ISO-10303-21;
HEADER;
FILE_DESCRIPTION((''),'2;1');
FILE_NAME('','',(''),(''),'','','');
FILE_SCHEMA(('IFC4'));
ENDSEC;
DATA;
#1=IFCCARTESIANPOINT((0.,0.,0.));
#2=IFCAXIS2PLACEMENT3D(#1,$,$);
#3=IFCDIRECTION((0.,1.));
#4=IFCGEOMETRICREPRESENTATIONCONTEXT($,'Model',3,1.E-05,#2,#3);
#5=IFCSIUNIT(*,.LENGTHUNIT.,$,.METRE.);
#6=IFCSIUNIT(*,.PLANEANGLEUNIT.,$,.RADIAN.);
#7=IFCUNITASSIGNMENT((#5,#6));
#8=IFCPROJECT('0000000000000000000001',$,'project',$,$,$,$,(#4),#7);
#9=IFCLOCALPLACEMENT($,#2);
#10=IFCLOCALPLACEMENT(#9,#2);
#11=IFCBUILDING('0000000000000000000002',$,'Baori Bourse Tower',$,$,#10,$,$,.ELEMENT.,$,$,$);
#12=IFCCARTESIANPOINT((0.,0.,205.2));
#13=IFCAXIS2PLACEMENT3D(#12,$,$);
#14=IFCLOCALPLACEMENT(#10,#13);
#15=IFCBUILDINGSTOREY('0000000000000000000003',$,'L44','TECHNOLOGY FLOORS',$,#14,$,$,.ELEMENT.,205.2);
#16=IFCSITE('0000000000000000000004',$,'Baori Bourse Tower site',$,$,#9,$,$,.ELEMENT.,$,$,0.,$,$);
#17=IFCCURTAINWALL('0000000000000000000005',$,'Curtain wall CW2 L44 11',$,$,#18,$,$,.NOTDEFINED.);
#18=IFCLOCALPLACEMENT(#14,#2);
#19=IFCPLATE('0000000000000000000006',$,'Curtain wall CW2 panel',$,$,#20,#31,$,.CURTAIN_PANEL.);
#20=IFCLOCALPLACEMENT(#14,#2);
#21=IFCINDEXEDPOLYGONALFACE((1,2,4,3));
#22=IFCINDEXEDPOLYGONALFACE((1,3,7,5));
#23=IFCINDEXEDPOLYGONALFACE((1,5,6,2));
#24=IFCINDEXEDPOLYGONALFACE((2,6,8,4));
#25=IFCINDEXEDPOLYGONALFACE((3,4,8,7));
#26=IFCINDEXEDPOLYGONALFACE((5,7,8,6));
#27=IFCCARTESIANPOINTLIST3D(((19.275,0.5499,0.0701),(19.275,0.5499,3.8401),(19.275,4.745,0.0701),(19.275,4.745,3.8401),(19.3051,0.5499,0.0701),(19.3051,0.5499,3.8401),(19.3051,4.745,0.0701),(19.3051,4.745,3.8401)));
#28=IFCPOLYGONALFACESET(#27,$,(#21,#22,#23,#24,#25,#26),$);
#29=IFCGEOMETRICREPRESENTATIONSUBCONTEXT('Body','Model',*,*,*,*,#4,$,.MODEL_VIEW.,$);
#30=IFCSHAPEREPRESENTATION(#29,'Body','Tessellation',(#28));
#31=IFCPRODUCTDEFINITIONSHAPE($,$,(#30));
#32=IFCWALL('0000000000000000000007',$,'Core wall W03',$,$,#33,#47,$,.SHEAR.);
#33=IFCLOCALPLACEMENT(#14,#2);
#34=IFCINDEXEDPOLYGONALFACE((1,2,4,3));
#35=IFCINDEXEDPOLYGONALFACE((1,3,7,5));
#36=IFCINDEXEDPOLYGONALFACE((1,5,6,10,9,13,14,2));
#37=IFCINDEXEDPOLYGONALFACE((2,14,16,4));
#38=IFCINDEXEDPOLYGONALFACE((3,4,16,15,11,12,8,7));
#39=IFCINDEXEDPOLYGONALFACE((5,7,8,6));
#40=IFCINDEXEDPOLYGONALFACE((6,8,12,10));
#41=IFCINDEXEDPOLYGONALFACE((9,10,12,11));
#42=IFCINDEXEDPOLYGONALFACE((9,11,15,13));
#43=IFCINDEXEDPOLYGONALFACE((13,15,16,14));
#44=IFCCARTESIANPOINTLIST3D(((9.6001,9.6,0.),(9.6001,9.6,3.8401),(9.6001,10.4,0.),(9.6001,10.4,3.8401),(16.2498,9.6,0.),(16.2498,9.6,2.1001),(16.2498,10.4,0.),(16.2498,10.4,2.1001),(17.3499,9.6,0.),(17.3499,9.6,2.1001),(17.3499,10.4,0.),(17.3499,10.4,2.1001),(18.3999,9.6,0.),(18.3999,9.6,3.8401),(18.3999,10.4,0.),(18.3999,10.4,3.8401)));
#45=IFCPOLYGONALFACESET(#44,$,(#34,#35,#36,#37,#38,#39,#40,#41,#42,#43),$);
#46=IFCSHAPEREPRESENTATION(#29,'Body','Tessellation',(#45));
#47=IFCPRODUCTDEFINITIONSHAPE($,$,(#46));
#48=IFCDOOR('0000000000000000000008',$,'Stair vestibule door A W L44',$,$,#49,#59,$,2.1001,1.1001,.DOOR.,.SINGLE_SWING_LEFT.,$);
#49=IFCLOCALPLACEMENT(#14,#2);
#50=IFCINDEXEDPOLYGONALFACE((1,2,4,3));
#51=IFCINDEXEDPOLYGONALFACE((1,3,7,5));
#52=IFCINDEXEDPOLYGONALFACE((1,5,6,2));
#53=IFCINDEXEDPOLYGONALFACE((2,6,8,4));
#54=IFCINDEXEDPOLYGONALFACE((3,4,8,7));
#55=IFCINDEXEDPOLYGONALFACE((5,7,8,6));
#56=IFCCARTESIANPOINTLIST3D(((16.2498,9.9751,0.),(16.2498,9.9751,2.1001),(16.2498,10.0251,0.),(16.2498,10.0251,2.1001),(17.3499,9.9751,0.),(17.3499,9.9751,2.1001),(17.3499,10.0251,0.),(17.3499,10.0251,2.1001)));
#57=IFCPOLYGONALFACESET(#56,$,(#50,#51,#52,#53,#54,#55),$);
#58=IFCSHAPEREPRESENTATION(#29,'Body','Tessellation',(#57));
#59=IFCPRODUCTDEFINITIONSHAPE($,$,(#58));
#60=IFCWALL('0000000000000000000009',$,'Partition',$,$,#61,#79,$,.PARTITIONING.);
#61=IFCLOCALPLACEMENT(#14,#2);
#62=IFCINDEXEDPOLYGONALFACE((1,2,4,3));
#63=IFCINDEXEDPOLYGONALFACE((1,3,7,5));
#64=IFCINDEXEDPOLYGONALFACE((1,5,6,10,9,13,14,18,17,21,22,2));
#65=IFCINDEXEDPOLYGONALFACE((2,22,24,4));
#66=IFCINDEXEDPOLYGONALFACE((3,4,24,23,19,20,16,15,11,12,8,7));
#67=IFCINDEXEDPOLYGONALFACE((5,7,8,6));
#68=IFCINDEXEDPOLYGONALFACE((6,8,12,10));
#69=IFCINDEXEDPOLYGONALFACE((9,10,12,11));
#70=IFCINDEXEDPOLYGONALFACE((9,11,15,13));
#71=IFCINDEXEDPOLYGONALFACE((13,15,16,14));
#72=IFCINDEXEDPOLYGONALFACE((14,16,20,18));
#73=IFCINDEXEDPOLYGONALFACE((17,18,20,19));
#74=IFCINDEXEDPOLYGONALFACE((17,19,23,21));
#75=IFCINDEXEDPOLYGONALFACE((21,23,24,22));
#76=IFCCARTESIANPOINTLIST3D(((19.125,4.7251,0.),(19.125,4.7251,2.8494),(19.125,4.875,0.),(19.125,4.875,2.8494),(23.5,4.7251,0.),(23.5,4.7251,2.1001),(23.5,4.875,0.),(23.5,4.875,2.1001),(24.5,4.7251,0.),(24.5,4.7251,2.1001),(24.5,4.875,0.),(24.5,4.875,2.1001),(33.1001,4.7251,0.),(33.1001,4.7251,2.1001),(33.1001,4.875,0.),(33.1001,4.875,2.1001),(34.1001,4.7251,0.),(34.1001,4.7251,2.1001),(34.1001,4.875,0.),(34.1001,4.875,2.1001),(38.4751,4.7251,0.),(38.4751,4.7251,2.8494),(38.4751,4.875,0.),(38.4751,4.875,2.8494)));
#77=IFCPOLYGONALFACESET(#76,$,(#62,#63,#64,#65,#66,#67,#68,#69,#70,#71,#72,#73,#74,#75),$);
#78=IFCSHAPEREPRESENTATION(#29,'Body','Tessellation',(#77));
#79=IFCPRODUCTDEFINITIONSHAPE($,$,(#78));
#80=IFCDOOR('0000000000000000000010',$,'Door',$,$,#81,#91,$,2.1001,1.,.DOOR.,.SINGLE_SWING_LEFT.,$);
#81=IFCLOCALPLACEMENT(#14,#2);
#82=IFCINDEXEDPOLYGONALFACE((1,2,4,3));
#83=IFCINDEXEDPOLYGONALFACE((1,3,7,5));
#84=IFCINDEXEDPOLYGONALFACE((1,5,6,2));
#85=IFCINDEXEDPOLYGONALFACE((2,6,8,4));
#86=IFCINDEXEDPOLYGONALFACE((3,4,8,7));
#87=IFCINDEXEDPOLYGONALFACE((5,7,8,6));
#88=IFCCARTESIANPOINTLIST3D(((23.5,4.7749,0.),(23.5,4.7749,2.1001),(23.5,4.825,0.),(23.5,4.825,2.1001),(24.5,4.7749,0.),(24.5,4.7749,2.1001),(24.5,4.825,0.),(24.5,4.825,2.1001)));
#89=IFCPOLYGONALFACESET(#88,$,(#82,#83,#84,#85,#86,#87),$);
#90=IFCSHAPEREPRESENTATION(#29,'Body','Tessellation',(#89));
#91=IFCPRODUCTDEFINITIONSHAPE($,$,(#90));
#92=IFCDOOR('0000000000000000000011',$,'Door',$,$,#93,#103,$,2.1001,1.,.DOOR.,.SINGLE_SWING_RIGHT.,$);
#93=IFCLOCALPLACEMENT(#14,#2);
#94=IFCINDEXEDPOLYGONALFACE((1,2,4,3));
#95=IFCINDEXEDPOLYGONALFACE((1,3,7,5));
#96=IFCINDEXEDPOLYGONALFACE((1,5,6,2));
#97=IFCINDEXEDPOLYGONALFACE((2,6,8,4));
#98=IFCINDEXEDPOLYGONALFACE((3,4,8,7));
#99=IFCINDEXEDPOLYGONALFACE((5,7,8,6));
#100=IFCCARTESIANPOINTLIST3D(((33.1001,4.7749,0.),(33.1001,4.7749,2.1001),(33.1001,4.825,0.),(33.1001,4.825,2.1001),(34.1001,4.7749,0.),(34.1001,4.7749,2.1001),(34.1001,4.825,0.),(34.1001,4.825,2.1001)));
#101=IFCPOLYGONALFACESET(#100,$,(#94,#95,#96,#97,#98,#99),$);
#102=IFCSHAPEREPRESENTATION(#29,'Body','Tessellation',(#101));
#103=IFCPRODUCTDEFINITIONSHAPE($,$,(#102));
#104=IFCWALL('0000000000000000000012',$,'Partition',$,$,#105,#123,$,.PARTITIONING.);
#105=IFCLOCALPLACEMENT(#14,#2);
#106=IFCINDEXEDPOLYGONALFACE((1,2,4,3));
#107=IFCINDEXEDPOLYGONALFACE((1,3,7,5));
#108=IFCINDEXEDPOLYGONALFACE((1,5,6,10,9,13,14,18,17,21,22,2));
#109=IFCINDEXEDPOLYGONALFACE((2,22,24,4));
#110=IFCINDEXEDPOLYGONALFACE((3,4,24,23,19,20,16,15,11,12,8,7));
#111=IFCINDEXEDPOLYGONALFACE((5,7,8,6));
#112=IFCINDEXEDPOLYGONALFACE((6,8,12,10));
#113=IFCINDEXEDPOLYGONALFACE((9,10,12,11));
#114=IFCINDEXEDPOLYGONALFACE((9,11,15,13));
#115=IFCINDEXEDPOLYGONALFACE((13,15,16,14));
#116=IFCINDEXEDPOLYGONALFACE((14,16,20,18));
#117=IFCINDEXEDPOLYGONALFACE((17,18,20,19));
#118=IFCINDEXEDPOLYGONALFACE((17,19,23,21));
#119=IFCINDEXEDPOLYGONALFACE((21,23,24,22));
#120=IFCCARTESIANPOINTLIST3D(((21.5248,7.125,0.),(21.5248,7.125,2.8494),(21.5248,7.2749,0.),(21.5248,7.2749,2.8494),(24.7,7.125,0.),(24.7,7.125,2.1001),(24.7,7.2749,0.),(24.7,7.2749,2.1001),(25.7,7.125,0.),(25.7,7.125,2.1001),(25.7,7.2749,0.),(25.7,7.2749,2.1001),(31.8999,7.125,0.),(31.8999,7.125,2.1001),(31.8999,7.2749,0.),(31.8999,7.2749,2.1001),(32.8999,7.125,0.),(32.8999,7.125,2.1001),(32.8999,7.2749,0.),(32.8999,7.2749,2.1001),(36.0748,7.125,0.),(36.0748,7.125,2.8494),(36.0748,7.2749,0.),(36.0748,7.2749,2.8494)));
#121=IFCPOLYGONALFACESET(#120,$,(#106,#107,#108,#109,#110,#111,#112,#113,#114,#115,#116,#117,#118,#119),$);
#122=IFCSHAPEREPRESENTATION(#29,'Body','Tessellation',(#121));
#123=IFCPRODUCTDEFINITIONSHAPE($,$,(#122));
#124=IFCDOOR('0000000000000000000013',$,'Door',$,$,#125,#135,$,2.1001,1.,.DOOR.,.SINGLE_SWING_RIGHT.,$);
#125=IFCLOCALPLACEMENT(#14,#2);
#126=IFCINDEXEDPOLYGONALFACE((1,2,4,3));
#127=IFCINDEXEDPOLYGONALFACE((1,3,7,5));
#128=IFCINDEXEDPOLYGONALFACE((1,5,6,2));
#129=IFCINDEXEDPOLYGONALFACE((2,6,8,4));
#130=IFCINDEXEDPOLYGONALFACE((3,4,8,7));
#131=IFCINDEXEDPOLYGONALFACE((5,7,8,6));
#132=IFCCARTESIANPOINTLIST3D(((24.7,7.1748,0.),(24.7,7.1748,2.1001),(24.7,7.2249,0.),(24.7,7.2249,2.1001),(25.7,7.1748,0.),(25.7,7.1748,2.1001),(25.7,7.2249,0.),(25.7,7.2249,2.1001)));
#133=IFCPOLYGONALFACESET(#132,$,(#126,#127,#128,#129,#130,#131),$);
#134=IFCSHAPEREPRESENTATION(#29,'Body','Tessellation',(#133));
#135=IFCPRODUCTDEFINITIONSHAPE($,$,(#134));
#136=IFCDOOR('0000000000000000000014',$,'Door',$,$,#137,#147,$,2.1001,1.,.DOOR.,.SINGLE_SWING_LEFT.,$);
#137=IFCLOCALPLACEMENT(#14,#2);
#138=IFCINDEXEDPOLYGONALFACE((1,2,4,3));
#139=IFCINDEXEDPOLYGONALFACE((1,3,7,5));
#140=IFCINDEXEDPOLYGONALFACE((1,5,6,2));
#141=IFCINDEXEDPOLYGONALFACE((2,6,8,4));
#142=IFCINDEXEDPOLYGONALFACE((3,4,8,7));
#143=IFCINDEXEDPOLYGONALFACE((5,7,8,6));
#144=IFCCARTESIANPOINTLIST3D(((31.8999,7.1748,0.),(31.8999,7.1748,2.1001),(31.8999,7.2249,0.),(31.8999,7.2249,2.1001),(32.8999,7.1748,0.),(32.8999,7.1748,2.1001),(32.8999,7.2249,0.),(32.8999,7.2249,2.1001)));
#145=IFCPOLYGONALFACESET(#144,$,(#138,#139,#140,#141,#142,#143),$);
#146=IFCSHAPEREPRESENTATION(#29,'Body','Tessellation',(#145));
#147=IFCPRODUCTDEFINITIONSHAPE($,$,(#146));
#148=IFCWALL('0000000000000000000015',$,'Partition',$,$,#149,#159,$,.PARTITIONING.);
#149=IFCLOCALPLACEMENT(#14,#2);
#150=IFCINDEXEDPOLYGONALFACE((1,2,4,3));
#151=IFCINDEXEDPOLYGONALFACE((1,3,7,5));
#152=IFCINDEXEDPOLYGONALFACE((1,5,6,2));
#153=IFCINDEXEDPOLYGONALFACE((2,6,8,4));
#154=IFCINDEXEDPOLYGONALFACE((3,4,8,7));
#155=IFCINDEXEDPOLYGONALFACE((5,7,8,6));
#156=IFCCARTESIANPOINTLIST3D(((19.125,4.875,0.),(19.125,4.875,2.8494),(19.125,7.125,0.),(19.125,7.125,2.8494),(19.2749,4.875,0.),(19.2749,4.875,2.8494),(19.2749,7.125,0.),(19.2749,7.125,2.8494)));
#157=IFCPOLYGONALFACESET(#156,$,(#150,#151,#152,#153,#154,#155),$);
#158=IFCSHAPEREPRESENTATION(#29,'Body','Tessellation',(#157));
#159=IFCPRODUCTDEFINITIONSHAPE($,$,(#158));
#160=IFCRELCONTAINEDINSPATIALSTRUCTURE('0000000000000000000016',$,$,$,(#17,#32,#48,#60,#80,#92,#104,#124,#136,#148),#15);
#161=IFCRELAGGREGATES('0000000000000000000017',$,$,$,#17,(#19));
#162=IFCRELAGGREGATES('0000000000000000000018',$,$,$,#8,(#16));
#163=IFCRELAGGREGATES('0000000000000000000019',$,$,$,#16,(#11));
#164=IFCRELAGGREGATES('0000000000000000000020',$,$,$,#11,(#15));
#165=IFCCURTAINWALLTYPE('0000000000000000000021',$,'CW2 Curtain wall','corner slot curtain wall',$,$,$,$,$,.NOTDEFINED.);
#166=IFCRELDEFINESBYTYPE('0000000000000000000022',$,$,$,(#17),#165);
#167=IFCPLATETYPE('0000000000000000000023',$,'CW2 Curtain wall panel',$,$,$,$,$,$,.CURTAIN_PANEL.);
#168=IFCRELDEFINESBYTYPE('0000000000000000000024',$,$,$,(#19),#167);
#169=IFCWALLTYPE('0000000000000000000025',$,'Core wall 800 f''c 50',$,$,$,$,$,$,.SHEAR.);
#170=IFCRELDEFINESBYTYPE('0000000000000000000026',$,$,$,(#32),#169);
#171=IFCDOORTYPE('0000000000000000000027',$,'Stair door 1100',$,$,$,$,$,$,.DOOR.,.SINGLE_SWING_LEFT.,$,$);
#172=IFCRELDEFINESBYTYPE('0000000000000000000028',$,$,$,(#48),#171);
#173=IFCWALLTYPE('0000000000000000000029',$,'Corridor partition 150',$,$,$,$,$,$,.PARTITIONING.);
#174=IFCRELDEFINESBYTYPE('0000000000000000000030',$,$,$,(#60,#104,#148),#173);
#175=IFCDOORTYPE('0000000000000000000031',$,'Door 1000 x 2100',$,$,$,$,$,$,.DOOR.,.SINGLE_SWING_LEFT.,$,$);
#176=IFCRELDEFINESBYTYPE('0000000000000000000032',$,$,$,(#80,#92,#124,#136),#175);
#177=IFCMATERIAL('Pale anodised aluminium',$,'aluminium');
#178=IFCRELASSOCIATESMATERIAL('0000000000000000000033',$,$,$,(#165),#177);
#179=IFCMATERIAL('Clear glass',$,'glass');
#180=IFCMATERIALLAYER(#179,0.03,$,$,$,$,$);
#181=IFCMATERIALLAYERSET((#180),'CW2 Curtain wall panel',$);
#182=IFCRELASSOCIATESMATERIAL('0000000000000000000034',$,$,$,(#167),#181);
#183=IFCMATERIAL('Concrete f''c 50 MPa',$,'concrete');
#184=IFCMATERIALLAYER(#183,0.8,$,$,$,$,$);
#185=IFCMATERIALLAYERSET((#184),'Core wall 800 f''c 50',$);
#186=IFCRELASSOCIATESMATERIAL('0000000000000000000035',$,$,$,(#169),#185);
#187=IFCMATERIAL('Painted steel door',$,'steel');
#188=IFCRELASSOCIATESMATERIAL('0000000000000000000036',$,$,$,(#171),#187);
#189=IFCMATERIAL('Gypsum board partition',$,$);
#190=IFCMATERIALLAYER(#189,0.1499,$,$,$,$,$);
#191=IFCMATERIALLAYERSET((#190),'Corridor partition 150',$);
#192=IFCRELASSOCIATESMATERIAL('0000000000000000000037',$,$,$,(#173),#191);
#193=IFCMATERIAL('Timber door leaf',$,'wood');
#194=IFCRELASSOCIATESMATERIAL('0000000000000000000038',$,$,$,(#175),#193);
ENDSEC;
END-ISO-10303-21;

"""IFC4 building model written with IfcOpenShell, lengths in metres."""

from ifc_helpers import new_model, si_unit, direction, frame, frame_2d, origin, origin_2d, place, context, subcontext, project, spatial, rectangle, extrude, material, layer, layer_set, type_object, element, fill, aggregate, save


model = new_model("IFC4")

# Units and contexts
model_context = context("Model", 3, precision=1e-05, world=origin(), true_north=direction((0.0, 1.0)))
body_context = subcontext(model_context, "Body", "Model", "MODEL_VIEW")
ifc_project = project(units=[si_unit("LENGTHUNIT", "METRE"), si_unit("PLANEANGLEUNIT", "RADIAN")], contexts=[model_context])

# Site, building, storey
site_placement = place(None, origin())
site = spatial("IfcSite", under=ifc_project, at=site_placement, Name="Baori Bourse Tower site", CompositionType="ELEMENT", RefElevation=0.0)
building_placement = place(site_placement, origin())
building = spatial("IfcBuilding", under=site, at=building_placement, Name="Baori Bourse Tower", CompositionType="ELEMENT")
storey_placement = place(building_placement, frame((0.0, 0.0, 205.2)))
storey = spatial("IfcBuildingStorey", under=building, at=storey_placement, Name="L44", Description="TECHNOLOGY FLOORS", CompositionType="ELEMENT", Elevation=205.2)

# Curtain wall
ifc_material_1 = material(Name="Pale anodised aluminium", Category="aluminium")
curtain_wall_type_1 = type_object("IfcCurtainWallType", Name="CW2 Curtain wall", Description="corner slot curtain wall", PredefinedType="NOTDEFINED", material=ifc_material_1)
curtain_wall_1_placement = place(storey_placement, origin())
curtain_wall_1 = element("IfcCurtainWall", 1, at=curtain_wall_1_placement, inside=storey, type_object=curtain_wall_type_1, Name="Curtain wall CW2 L44 11", PredefinedType="NOTDEFINED")

# Plate
ifc_material_2 = material(Name="Clear glass", Category="glass")
ifc_layer_1 = layer(ifc_material_2, 0.03)
ifc_layer_set_1 = layer_set([ifc_layer_1], Name="CW2 Curtain wall panel")
plate_type = type_object("IfcPlateType", Name="CW2 Curtain wall panel", PredefinedType="CURTAIN_PANEL", material=ifc_layer_set_1)
plate_placement = place(storey_placement, frame((19.29, 2.6475, 0.0701), z_axis=(0.0, 0.0, 1.0), x_axis=(0.0, -1.0, 0.0)))
plate = element("IfcPlate", 2, at=plate_placement, type_object=plate_type, Name="Curtain wall CW2 panel", PredefinedType="CURTAIN_PANEL", context=body_context, shape_type="SweptSolid", body=[
    extrude(rectangle(XDim=4.1951, YDim=0.03, at=origin_2d()), origin(), (0.0, 0.0, 1.0), 3.77),
])
aggregate(curtain_wall_1, [plate])

# Wall, opening, door
ifc_material_3 = material(Name="Concrete f'c 50 MPa", Category="concrete")
ifc_layer_2 = layer(ifc_material_3, 0.8)
ifc_layer_set_2 = layer_set([ifc_layer_2], Name="Core wall 800 f'c 50")
wall_type_1 = type_object("IfcWallType", Name="Core wall 800 f'c 50", PredefinedType="SHEAR", material=ifc_layer_set_2)
wall_1_placement = place(storey_placement, frame((18.3999, 10.0, 0.0), z_axis=(0.0, 0.0, 1.0), x_axis=(-1.0, 0.0, 0.0)))
wall_1 = element("IfcWall", 3, at=wall_1_placement, inside=storey, type_object=wall_type_1, Name="Core wall W03", PredefinedType="SHEAR", context=body_context, shape_type="SweptSolid", body=[
    extrude(rectangle(XDim=8.7998, YDim=0.8, at=frame_2d((4.3999, 0.0))), origin(), (0.0, 0.0, 1.0), 3.8401),
])
opening_1_placement = place(wall_1_placement, frame((1.05, 0.0, 0.0)))
opening_1 = element("IfcOpeningElement", 4, at=opening_1_placement, cuts=wall_1, PredefinedType="OPENING", context=body_context, shape_type="SweptSolid", body=[
    extrude(rectangle(XDim=1.1001, YDim=2.1001, at=frame_2d((0.55, 1.05))), frame((0.0, 0.4099, 0.0), z_axis=(0.0, -1.0, 0.0), x_axis=(1.0, 0.0, 0.0)), (0.0, 0.0, 1.0), 0.8201),
])
ifc_material_4 = material(Name="Painted steel door", Category="steel")
door_type_1 = type_object("IfcDoorType", Name="Stair door 1100", OperationType="SINGLE_SWING_LEFT", PredefinedType="DOOR", material=ifc_material_4)
door_1_placement = place(opening_1_placement, origin())
door_1 = element("IfcDoor", 5, at=door_1_placement, inside=storey, type_object=door_type_1, Name="Stair vestibule door A W L44", OperationType="SINGLE_SWING_LEFT", OverallHeight=2.1001, OverallWidth=1.1001, PredefinedType="DOOR", context=body_context, shape_type="SweptSolid", body=[
    extrude(rectangle(XDim=1.1001, YDim=2.1001, at=frame_2d((0.55, 1.05))), frame((0.0, 0.0249, 0.0), z_axis=(0.0, -1.0, 0.0), x_axis=(1.0, 0.0, 0.0)), (0.0, 0.0, 1.0), 0.05),
])
fill(opening_1, door_1)

# Walls, openings, doors
ifc_material_5 = material(Name="Gypsum board partition")
ifc_layer_3 = layer(ifc_material_5, 0.1499)
ifc_layer_set_3 = layer_set([ifc_layer_3], Name="Corridor partition 150")
wall_type_2 = type_object("IfcWallType", Name="Corridor partition 150", PredefinedType="PARTITIONING", material=ifc_layer_set_3)
wall_2_placement = place(storey_placement, frame((19.125, 4.8, 0.0), z_axis=(0.0, 0.0, 1.0), x_axis=(1.0, 0.0, 0.0)))
wall_2 = element("IfcWall", 6, at=wall_2_placement, inside=storey, type_object=wall_type_2, Name="Partition", PredefinedType="PARTITIONING", context=body_context, shape_type="SweptSolid", body=[
    extrude(rectangle(XDim=19.3501, YDim=0.1499, at=frame_2d((9.675, 0.0))), origin(), (0.0, 0.0, 1.0), 2.8494),
])
opening_2_placement = place(wall_2_placement, frame((4.375, 0.0, 0.0)))
opening_2 = element("IfcOpeningElement", 7, at=opening_2_placement, cuts=wall_2, PredefinedType="OPENING", context=body_context, shape_type="SweptSolid", body=[
    extrude(rectangle(XDim=1.0, YDim=2.1001, at=frame_2d((0.5, 1.05))), frame((0.0, 0.085, 0.0), z_axis=(0.0, -1.0, 0.0), x_axis=(1.0, 0.0, 0.0)), (0.0, 0.0, 1.0), 0.1699),
])
opening_3_placement = place(wall_2_placement, frame((13.9751, 0.0, 0.0)))
opening_3 = element("IfcOpeningElement", 8, at=opening_3_placement, cuts=wall_2, PredefinedType="OPENING", context=body_context, shape_type="SweptSolid", body=[
    extrude(rectangle(XDim=1.0, YDim=2.1001, at=frame_2d((0.5, 1.05))), frame((0.0, 0.085, 0.0), z_axis=(0.0, -1.0, 0.0), x_axis=(1.0, 0.0, 0.0)), (0.0, 0.0, 1.0), 0.1699),
])
ifc_material_6 = material(Name="Timber door leaf", Category="wood")
door_type_2 = type_object("IfcDoorType", Name="Door 1000 x 2100", OperationType="SINGLE_SWING_LEFT", PredefinedType="DOOR", material=ifc_material_6)
door_2_placement = place(opening_2_placement, origin())
door_2 = element("IfcDoor", 9, at=door_2_placement, inside=storey, type_object=door_type_2, Name="Door", OperationType="SINGLE_SWING_LEFT", OverallHeight=2.1001, OverallWidth=1.0, PredefinedType="DOOR", context=body_context, shape_type="SweptSolid", body=[
    extrude(rectangle(XDim=1.0, YDim=2.1001, at=frame_2d((0.5, 1.05))), frame((0.0, 0.0249, 0.0), z_axis=(0.0, -1.0, 0.0), x_axis=(1.0, 0.0, 0.0)), (0.0, 0.0, 1.0), 0.05),
])
fill(opening_2, door_2)
door_3_placement = place(opening_3_placement, origin())
door_3 = element("IfcDoor", 10, at=door_3_placement, inside=storey, type_object=door_type_2, Name="Door", OperationType="SINGLE_SWING_RIGHT", OverallHeight=2.1001, OverallWidth=1.0, PredefinedType="DOOR", context=body_context, shape_type="SweptSolid", body=[
    extrude(rectangle(XDim=1.0, YDim=2.1001, at=frame_2d((0.5, 1.05))), frame((0.0, 0.0249, 0.0), z_axis=(0.0, -1.0, 0.0), x_axis=(1.0, 0.0, 0.0)), (0.0, 0.0, 1.0), 0.05),
])
fill(opening_3, door_3)
wall_3_placement = place(storey_placement, frame((21.5249, 7.2, 0.0), z_axis=(0.0, 0.0, 1.0), x_axis=(1.0, 0.0, 0.0)))
wall_3 = element("IfcWall", 11, at=wall_3_placement, inside=storey, type_object=wall_type_2, Name="Partition", PredefinedType="PARTITIONING", context=body_context, shape_type="SweptSolid", body=[
    extrude(rectangle(XDim=14.55, YDim=0.1499, at=frame_2d((7.2749, 0.0))), origin(), (0.0, 0.0, 1.0), 2.8494),
])
opening_4_placement = place(wall_3_placement, frame((3.175, 0.0, 0.0)))
opening_4 = element("IfcOpeningElement", 12, at=opening_4_placement, cuts=wall_3, PredefinedType="OPENING", context=body_context, shape_type="SweptSolid", body=[
    extrude(rectangle(XDim=1.0, YDim=2.1001, at=frame_2d((0.5, 1.05))), frame((0.0, 0.085, 0.0), z_axis=(0.0, -1.0, 0.0), x_axis=(1.0, 0.0, 0.0)), (0.0, 0.0, 1.0), 0.1699),
])
opening_5_placement = place(wall_3_placement, frame((10.375, 0.0, 0.0)))
opening_5 = element("IfcOpeningElement", 13, at=opening_5_placement, cuts=wall_3, PredefinedType="OPENING", context=body_context, shape_type="SweptSolid", body=[
    extrude(rectangle(XDim=1.0, YDim=2.1001, at=frame_2d((0.5, 1.05))), frame((0.0, 0.085, 0.0), z_axis=(0.0, -1.0, 0.0), x_axis=(1.0, 0.0, 0.0)), (0.0, 0.0, 1.0), 0.1699),
])
door_4_placement = place(opening_4_placement, origin())
door_4 = element("IfcDoor", 14, at=door_4_placement, inside=storey, type_object=door_type_2, Name="Door", OperationType="SINGLE_SWING_RIGHT", OverallHeight=2.1001, OverallWidth=1.0, PredefinedType="DOOR", context=body_context, shape_type="SweptSolid", body=[
    extrude(rectangle(XDim=1.0, YDim=2.1001, at=frame_2d((0.5, 1.05))), frame((0.0, 0.0249, 0.0), z_axis=(0.0, -1.0, 0.0), x_axis=(1.0, 0.0, 0.0)), (0.0, 0.0, 1.0), 0.05),
])
fill(opening_4, door_4)
door_5_placement = place(opening_5_placement, origin())
door_5 = element("IfcDoor", 15, at=door_5_placement, inside=storey, type_object=door_type_2, Name="Door", OperationType="SINGLE_SWING_LEFT", OverallHeight=2.1001, OverallWidth=1.0, PredefinedType="DOOR", context=body_context, shape_type="SweptSolid", body=[
    extrude(rectangle(XDim=1.0, YDim=2.1001, at=frame_2d((0.5, 1.05))), frame((0.0, 0.0249, 0.0), z_axis=(0.0, -1.0, 0.0), x_axis=(1.0, 0.0, 0.0)), (0.0, 0.0, 1.0), 0.05),
])
fill(opening_5, door_5)

# Wall
wall_4_placement = place(storey_placement, frame((19.2, 4.875, 0.0), z_axis=(0.0, 0.0, 1.0), x_axis=(0.0, 1.0, 0.0)))
element("IfcWall", 16, at=wall_4_placement, inside=storey, type_object=wall_type_2, Name="Partition", PredefinedType="PARTITIONING", context=body_context, shape_type="SweptSolid", body=[
    extrude(rectangle(XDim=2.25, YDim=0.1499, at=frame_2d((1.125, 0.0))), origin(), (0.0, 0.0, 1.0), 2.8494),
])

save(model, "model.ifc")
